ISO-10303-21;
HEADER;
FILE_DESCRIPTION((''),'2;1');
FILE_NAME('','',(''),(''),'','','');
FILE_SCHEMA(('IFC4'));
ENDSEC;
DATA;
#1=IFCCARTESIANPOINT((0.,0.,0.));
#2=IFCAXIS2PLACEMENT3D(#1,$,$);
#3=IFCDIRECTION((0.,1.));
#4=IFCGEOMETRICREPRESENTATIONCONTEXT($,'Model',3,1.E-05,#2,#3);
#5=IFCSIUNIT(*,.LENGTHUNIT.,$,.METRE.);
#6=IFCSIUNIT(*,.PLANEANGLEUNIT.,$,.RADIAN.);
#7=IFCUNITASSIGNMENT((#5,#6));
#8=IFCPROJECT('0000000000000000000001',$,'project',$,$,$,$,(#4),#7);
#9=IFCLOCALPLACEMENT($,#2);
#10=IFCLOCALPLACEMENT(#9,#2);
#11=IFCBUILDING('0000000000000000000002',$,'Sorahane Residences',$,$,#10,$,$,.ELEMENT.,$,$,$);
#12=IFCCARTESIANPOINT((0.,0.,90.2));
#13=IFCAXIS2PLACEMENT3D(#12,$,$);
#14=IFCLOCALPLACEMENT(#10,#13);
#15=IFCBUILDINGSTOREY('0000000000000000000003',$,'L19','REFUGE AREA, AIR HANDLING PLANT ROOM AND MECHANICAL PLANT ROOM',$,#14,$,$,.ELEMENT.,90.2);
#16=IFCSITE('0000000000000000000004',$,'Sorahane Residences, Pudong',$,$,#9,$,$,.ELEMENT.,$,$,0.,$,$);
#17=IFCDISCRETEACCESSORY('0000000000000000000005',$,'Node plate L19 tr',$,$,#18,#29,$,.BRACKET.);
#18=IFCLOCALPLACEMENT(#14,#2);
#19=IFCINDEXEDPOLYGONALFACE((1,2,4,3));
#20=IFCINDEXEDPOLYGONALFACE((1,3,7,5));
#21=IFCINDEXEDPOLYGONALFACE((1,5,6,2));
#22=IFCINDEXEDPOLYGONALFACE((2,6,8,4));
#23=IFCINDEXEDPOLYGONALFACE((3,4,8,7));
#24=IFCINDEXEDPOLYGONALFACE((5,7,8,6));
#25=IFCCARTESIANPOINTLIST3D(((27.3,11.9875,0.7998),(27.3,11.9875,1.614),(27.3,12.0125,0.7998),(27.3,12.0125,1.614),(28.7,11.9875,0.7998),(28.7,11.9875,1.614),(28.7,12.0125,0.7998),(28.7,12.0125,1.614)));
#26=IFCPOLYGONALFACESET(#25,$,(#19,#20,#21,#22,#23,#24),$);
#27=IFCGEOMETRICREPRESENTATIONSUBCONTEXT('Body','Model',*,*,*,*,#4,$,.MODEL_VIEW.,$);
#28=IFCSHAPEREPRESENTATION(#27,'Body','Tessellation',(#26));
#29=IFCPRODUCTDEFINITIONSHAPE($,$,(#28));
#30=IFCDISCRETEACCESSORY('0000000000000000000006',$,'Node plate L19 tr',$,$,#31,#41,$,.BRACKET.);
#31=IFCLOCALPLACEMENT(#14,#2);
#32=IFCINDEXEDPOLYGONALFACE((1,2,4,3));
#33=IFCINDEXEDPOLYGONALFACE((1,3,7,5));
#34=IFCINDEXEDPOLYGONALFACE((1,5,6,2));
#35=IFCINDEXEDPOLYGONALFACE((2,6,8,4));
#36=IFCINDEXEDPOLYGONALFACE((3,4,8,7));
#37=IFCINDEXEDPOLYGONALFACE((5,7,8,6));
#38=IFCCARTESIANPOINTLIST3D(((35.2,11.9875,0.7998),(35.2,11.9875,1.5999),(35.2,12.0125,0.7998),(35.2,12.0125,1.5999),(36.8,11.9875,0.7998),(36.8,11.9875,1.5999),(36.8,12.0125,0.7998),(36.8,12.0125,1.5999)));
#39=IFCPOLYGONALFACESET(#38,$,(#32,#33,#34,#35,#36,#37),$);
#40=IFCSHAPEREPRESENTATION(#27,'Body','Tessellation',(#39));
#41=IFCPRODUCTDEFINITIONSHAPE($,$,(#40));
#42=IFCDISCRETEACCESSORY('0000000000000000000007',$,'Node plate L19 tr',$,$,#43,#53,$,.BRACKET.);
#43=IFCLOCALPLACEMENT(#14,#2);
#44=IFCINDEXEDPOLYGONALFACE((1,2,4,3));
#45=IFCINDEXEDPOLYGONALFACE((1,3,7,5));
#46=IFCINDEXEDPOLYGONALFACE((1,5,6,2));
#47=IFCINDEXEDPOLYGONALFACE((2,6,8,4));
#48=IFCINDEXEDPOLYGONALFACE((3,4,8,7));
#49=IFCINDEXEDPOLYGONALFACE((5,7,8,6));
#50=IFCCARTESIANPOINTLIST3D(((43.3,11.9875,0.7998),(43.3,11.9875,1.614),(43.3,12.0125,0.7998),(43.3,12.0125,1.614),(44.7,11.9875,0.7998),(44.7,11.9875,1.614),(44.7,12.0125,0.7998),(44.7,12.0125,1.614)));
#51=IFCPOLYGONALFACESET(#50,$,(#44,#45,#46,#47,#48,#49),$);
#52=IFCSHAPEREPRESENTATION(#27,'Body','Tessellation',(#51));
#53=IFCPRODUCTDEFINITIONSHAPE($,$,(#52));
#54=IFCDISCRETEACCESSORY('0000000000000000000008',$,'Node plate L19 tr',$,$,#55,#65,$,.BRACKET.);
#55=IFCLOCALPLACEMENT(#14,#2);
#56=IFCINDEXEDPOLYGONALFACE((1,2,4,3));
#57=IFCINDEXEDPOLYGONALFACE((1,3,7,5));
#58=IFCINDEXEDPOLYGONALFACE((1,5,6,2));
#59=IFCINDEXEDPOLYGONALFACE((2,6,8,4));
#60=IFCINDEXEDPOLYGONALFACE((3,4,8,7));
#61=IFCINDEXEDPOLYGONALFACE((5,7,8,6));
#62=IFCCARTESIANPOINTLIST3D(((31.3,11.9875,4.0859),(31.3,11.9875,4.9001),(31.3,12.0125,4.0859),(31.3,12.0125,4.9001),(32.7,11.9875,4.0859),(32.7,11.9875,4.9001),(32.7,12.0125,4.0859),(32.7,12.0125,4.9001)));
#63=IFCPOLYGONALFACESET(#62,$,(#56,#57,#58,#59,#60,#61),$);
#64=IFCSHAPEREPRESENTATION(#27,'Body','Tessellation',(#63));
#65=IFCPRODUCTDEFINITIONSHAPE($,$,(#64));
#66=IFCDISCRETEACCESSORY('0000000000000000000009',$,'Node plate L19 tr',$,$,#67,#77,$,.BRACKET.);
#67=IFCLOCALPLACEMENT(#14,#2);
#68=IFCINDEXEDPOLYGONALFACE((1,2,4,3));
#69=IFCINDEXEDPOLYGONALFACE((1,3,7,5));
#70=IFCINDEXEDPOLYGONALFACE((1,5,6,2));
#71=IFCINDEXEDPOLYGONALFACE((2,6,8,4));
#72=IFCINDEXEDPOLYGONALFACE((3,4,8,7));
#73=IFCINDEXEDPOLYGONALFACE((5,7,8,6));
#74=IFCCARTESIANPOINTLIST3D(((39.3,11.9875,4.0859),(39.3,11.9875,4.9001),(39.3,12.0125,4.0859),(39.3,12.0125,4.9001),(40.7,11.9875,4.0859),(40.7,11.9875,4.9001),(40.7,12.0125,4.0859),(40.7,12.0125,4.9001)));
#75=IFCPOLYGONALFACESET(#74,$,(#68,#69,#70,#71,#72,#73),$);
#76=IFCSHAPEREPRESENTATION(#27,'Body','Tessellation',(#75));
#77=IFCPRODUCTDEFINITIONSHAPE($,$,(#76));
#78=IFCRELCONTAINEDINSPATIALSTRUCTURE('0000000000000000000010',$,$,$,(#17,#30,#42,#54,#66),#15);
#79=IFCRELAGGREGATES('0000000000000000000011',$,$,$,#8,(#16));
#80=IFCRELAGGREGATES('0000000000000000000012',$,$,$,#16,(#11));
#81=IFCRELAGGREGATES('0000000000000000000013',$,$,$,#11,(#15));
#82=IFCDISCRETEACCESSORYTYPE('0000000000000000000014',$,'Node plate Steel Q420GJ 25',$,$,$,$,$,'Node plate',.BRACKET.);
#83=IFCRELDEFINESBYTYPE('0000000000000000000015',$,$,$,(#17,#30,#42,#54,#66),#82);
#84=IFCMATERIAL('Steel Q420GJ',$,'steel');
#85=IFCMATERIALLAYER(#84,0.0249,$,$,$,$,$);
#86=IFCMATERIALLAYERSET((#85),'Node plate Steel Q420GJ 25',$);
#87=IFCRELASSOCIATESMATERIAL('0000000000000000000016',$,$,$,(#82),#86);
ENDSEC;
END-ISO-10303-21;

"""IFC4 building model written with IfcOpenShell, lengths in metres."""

from ifc_helpers import new_model, si_unit, direction, frame, origin, origin_2d, place, context, subcontext, project, spatial, rectangle, extrude, material, layer, layer_set, type_object, element, save


model = new_model("IFC4")

# Units and contexts
model_context = context("Model", 3, precision=1e-05, world=origin(), true_north=direction((0.0, 1.0)))
body_context = subcontext(model_context, "Body", "Model", "MODEL_VIEW")
ifc_project = project(units=[si_unit("LENGTHUNIT", "METRE"), si_unit("PLANEANGLEUNIT", "RADIAN")], contexts=[model_context])

# Site, building, storey
site_placement = place(None, origin())
site = spatial("IfcSite", under=ifc_project, at=site_placement, Name="Sorahane Residences, Pudong", CompositionType="ELEMENT", RefElevation=0.0)
building_placement = place(site_placement, origin())
building = spatial("IfcBuilding", under=site, at=building_placement, Name="Sorahane Residences", CompositionType="ELEMENT")
storey_placement = place(building_placement, frame((0.0, 0.0, 90.2)))
storey = spatial("IfcBuildingStorey", under=building, at=storey_placement, Name="L19", Description="REFUGE AREA, AIR HANDLING PLANT ROOM AND MECHANICAL PLANT ROOM", CompositionType="ELEMENT", Elevation=90.2)

# Discrete accessories
ifc_material_1 = material(Name="Steel Q420GJ", Category="steel")
ifc_layer_1 = layer(ifc_material_1, 0.0249)
ifc_layer_set_1 = layer_set([ifc_layer_1], Name="Node plate Steel Q420GJ 25")
discrete_accessory_type_1 = type_object("IfcDiscreteAccessoryType", Name="Node plate Steel Q420GJ 25", ElementType="Node plate", PredefinedType="BRACKET", material=ifc_layer_set_1)
discrete_accessory_1_placement = place(storey_placement, frame((28.0, 12.0, 0.7998), z_axis=(0.0, 0.0, 1.0), x_axis=(1.0, 0.0, 0.0)))
element("IfcDiscreteAccessory", 1, at=discrete_accessory_1_placement, inside=storey, type_object=discrete_accessory_type_1, Name="Node plate L19 tr", PredefinedType="BRACKET", context=body_context, shape_type="SweptSolid", body=[
    extrude(rectangle(XDim=1.3999, YDim=0.0249, at=origin_2d()), origin(), (0.0, 0.0, 1.0), 0.8142),
])
discrete_accessory_2_placement = place(storey_placement, frame((36.0, 12.0, 0.7998), z_axis=(0.0, 0.0, 1.0), x_axis=(1.0, 0.0, 0.0)))
element("IfcDiscreteAccessory", 2, at=discrete_accessory_2_placement, inside=storey, type_object=discrete_accessory_type_1, Name="Node plate L19 tr", PredefinedType="BRACKET", context=body_context, shape_type="SweptSolid", body=[
    extrude(rectangle(XDim=1.6001, YDim=0.0249, at=origin_2d()), origin(), (0.0, 0.0, 1.0), 0.8),
])
for number, where, z_axis, x_axis, name in (
    (3, (44.0, 12.0, 0.7998), (0.0, 0.0, 1.0), (1.0, 0.0, 0.0), "Node plate L19 tr"),
    (4, (32.0, 12.0, 4.0859), (0.0, 0.0, 1.0), (1.0, 0.0, 0.0), "Node plate L19 tr"),
    (5, (40.0, 12.0, 4.0859), (0.0, 0.0, 1.0), (1.0, 0.0, 0.0), "Node plate L19 tr"),
):
    element("IfcDiscreteAccessory", number, at=place(storey_placement, frame(where, z_axis=z_axis, x_axis=x_axis)), inside=storey, type_object=discrete_accessory_type_1, Name=name, PredefinedType="BRACKET", context=body_context, shape_type="SweptSolid", body=[
        extrude(rectangle(XDim=1.3999, YDim=0.0249, at=origin_2d()), origin(), (0.0, 0.0, 1.0), 0.8142),
    ])

save(model, "model.ifc")
